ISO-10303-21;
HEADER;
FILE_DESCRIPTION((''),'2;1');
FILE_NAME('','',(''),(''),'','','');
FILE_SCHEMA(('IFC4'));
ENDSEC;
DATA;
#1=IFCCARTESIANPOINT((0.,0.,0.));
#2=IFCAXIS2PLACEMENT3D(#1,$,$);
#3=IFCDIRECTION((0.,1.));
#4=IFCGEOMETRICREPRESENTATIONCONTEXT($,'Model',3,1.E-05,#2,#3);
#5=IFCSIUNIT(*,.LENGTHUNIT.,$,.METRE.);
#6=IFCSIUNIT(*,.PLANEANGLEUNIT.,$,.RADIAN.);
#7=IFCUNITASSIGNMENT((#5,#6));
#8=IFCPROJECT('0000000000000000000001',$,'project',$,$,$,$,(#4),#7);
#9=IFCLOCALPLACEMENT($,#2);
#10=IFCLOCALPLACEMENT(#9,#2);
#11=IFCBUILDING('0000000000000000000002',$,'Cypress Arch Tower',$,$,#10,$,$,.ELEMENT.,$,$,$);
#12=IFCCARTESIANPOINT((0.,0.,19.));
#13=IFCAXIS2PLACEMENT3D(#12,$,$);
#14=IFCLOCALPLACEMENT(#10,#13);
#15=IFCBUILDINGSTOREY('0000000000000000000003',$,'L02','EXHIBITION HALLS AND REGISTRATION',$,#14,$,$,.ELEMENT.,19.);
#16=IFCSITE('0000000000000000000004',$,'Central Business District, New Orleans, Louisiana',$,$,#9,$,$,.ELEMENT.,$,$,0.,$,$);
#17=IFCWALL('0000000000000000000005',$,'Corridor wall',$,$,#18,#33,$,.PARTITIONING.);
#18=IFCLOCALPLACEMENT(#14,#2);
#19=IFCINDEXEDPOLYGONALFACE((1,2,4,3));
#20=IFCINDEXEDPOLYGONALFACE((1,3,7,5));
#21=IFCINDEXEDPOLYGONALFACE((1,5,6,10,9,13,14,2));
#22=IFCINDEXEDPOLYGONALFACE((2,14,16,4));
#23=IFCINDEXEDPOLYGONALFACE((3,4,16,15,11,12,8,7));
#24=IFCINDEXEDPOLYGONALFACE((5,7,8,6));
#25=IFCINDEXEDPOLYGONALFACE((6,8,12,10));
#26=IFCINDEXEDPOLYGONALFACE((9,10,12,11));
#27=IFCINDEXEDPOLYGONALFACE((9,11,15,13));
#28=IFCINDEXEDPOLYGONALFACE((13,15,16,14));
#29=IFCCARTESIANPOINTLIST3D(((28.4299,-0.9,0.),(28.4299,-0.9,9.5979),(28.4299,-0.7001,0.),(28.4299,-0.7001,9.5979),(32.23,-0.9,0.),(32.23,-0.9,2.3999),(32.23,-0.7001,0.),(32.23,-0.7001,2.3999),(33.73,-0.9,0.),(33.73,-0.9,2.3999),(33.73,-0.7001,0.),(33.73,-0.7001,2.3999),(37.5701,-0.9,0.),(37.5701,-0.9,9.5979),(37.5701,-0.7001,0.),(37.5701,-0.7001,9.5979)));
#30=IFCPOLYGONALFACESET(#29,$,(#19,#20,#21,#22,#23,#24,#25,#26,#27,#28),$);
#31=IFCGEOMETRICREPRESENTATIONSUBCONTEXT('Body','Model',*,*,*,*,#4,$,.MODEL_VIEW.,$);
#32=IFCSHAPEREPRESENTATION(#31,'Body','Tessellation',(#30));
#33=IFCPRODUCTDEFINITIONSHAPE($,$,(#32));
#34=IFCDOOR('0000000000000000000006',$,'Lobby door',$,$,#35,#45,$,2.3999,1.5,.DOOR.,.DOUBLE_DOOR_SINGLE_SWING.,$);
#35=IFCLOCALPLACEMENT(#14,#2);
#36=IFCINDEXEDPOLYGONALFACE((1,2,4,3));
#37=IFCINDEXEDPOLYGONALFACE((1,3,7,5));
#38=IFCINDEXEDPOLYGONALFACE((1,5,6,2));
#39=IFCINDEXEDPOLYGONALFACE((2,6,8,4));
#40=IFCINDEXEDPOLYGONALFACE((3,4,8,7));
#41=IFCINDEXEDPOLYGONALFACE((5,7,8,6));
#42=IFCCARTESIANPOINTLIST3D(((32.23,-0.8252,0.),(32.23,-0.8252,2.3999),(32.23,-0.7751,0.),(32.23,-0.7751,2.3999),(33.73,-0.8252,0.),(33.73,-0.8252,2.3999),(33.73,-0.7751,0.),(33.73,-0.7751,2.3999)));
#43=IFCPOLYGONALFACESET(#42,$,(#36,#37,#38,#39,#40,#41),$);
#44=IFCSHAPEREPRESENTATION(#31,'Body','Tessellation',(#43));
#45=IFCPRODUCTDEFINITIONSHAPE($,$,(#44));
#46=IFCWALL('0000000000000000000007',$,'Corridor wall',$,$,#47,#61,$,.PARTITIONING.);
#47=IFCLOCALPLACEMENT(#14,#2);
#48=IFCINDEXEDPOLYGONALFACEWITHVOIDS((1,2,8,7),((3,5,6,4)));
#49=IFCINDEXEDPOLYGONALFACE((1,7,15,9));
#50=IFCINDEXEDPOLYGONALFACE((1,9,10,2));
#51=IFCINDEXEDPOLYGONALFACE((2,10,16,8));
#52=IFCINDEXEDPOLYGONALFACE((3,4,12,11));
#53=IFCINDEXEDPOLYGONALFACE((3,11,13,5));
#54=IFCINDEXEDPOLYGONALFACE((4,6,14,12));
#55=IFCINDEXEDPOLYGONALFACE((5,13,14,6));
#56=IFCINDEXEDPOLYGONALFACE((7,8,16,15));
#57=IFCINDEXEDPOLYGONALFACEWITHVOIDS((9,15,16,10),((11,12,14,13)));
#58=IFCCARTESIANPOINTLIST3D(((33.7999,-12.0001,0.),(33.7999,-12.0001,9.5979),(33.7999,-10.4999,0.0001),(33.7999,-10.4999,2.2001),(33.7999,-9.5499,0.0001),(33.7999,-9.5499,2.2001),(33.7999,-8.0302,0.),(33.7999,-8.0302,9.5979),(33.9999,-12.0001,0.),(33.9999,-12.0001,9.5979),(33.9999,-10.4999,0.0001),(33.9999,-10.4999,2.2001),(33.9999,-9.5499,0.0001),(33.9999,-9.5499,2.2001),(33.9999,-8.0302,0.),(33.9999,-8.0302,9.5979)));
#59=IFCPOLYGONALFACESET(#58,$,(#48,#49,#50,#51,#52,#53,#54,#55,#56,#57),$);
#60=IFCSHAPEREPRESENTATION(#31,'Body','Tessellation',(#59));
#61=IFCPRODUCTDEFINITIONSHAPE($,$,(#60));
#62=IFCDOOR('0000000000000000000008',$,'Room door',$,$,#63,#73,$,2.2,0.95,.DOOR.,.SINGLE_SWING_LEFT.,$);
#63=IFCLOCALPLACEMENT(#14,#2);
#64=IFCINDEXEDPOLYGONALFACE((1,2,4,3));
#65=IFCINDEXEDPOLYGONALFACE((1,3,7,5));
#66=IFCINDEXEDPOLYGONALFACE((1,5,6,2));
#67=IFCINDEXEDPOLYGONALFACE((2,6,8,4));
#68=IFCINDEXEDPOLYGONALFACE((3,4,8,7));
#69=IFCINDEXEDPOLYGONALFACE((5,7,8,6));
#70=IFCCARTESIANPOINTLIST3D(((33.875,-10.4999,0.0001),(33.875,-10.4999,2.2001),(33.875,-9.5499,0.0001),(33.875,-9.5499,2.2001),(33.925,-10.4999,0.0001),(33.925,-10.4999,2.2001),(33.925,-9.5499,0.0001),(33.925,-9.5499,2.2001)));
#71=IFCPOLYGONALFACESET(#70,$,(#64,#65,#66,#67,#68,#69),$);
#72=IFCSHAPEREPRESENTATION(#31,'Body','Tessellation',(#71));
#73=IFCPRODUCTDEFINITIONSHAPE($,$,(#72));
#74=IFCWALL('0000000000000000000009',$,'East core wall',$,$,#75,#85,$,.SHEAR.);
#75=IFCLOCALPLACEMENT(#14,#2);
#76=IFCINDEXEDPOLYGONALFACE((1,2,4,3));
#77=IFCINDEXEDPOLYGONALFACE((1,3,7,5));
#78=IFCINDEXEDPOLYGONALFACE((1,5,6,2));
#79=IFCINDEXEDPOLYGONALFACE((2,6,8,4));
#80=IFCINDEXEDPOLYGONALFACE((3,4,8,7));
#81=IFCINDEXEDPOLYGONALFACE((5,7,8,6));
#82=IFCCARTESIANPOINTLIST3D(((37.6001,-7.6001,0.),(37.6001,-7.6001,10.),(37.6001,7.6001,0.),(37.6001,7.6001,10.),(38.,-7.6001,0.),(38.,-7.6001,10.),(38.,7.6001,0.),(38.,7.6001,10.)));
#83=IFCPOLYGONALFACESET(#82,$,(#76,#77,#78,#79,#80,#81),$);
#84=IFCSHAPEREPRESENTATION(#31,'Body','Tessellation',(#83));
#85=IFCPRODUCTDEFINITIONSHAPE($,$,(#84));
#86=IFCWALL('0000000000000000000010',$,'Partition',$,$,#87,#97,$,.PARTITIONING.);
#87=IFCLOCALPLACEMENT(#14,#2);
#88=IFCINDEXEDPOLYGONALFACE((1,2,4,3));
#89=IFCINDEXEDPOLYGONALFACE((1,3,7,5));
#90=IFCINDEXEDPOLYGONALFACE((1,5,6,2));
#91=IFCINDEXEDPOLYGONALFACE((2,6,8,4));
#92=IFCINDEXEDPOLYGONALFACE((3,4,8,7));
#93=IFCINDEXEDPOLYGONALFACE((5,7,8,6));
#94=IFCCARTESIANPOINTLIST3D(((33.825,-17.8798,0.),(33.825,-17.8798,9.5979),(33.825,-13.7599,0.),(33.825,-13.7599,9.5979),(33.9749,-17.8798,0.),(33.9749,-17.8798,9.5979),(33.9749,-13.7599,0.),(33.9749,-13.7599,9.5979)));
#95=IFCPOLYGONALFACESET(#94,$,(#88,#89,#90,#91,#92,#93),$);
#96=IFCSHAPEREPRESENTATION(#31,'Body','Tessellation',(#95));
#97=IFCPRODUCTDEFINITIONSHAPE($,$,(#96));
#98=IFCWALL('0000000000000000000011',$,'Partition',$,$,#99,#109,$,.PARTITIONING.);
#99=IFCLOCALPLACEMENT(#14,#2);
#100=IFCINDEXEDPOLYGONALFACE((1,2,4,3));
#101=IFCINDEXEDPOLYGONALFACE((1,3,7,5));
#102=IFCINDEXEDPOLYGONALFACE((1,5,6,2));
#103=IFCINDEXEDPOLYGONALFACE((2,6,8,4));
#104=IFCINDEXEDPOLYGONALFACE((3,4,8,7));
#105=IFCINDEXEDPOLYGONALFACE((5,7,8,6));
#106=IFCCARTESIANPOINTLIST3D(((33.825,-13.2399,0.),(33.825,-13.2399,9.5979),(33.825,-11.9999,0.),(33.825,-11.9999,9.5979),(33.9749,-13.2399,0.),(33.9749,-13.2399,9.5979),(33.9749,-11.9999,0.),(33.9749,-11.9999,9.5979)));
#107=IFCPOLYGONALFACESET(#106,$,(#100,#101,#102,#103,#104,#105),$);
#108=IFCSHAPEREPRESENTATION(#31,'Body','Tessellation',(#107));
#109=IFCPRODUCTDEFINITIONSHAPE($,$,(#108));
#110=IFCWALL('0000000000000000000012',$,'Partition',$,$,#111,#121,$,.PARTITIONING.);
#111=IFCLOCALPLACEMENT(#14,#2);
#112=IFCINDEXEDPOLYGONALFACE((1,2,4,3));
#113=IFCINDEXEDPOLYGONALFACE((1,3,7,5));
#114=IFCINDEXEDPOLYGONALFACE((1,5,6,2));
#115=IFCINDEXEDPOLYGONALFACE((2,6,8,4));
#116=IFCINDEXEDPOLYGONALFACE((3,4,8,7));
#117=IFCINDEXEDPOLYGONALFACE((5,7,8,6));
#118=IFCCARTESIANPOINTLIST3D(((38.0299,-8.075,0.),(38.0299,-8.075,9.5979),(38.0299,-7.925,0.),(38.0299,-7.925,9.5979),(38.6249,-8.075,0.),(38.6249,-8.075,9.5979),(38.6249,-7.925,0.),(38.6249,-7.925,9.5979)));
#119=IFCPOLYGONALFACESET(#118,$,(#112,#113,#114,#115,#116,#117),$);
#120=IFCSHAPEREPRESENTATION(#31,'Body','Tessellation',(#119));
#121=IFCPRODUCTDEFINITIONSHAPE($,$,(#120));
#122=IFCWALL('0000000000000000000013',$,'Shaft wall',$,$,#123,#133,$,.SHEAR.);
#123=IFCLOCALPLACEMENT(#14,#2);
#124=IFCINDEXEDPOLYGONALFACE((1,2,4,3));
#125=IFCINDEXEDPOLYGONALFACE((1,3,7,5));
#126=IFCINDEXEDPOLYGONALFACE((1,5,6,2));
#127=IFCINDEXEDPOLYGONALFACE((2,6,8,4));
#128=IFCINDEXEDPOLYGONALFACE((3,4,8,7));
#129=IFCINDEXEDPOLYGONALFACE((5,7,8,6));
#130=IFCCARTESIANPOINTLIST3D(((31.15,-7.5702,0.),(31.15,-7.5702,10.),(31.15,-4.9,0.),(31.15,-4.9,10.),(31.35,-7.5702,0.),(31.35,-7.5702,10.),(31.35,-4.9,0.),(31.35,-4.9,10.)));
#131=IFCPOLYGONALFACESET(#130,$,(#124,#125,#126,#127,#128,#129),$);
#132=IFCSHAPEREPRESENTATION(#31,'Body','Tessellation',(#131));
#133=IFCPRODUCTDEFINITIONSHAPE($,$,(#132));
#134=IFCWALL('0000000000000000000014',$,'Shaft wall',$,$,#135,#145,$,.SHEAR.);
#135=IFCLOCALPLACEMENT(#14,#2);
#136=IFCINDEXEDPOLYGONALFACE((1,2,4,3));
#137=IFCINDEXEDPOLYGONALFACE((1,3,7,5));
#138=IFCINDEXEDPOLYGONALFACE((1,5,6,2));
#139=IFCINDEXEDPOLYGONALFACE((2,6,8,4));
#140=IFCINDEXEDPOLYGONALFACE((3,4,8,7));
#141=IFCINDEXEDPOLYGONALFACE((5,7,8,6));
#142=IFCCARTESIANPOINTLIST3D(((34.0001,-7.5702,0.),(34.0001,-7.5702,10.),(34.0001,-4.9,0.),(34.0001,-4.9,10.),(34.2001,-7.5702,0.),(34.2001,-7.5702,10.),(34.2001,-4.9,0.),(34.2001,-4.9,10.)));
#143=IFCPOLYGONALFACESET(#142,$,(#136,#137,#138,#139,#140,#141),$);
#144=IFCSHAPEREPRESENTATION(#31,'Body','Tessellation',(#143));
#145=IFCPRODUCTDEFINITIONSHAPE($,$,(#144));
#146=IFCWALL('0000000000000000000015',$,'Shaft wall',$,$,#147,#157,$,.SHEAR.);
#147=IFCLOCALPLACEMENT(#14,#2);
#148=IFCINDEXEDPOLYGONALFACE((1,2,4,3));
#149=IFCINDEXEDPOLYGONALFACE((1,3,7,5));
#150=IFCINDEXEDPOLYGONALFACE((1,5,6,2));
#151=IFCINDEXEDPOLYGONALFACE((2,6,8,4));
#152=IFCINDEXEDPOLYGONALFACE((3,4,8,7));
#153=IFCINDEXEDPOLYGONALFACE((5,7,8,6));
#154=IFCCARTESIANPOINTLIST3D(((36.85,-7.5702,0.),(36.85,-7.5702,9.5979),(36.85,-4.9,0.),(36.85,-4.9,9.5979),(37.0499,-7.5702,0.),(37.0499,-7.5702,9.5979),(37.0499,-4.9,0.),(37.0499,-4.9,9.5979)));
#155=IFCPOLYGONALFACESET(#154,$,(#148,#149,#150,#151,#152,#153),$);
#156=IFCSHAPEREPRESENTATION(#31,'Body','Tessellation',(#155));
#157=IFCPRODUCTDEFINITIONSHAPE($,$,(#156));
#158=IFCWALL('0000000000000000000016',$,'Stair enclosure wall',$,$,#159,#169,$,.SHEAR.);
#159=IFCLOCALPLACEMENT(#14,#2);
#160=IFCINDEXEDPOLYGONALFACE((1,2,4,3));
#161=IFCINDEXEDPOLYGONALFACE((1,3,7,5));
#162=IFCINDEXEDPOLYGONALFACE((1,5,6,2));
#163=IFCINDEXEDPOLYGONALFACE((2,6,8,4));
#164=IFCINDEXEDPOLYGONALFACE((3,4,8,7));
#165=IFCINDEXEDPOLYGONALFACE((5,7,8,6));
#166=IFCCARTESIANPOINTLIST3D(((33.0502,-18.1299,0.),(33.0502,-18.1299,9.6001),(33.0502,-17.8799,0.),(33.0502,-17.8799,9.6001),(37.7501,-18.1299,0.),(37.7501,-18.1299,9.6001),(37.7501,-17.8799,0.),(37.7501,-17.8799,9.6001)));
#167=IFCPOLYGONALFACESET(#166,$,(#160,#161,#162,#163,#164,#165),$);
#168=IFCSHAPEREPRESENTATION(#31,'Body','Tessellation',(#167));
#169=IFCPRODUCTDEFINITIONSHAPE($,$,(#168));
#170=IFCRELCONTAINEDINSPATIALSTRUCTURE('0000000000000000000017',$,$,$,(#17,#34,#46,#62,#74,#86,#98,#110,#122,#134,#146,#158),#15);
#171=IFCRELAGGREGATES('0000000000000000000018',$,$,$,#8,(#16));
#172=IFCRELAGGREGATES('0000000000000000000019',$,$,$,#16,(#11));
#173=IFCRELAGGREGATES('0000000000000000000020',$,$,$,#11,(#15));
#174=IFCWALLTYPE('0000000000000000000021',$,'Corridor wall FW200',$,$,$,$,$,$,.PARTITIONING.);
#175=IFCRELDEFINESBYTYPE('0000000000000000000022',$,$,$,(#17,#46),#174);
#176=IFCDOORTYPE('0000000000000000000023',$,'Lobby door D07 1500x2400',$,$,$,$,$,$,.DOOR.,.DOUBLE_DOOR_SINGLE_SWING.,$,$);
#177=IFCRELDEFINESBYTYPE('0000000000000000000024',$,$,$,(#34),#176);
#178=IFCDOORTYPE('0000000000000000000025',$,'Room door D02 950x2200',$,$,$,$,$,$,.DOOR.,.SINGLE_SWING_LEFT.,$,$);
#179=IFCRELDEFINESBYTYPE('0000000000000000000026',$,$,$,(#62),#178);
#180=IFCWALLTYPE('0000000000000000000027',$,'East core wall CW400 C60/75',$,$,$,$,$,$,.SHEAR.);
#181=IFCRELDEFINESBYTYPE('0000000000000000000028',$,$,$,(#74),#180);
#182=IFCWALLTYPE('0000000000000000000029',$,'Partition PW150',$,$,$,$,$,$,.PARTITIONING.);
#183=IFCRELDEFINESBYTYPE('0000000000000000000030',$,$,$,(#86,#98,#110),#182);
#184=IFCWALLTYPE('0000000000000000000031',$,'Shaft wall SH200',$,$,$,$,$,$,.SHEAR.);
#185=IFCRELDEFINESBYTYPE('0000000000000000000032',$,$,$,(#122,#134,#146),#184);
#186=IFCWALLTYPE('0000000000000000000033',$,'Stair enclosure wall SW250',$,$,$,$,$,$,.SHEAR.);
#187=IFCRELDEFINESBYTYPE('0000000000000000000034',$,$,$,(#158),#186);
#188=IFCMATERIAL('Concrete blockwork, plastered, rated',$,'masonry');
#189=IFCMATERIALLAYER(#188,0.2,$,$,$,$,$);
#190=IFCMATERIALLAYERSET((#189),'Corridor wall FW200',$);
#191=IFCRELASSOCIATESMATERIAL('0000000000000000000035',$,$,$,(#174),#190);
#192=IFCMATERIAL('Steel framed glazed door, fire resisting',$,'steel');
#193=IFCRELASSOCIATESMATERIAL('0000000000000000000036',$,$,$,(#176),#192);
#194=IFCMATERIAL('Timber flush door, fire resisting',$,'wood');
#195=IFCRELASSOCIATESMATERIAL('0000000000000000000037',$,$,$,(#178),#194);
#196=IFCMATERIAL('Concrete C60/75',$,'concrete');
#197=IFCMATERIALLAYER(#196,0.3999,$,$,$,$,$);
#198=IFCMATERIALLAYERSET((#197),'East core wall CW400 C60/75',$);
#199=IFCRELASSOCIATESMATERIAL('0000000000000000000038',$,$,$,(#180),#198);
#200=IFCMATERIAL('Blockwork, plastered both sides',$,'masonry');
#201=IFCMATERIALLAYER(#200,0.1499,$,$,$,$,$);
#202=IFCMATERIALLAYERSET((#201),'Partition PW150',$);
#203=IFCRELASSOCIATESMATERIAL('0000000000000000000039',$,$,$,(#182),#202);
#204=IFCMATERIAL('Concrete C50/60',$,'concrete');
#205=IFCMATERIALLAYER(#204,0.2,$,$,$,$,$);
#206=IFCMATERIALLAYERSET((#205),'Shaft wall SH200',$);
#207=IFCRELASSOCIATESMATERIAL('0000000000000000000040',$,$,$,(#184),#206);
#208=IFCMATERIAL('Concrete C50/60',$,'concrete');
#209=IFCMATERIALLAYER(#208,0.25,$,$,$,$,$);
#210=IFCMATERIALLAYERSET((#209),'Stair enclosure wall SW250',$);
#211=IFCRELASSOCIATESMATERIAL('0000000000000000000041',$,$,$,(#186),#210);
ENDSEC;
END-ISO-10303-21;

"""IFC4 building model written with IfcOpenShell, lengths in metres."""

from ifc_helpers import new_model, si_unit, direction, frame, frame_2d, origin, place, context, subcontext, project, spatial, rectangle, extrude, material, layer, layer_set, type_object, element, fill, save


model = new_model("IFC4")

# Units and contexts
model_context = context("Model", 3, precision=1e-05, world=origin(), true_north=direction((0.0, 1.0)))
body_context = subcontext(model_context, "Body", "Model", "MODEL_VIEW")
ifc_project = project(units=[si_unit("LENGTHUNIT", "METRE"), si_unit("PLANEANGLEUNIT", "RADIAN")], contexts=[model_context])

# Site, building, storey
site_placement = place(None, origin())
site = spatial("IfcSite", under=ifc_project, at=site_placement, Name="Central Business District, New Orleans, Louisiana", CompositionType="ELEMENT", RefElevation=0.0)
building_placement = place(site_placement, origin())
building = spatial("IfcBuilding", under=site, at=building_placement, Name="Cypress Arch Tower", CompositionType="ELEMENT")
storey_placement = place(building_placement, frame((0.0, 0.0, 19.0)))
storey = spatial("IfcBuildingStorey", under=building, at=storey_placement, Name="L02", Description="EXHIBITION HALLS AND REGISTRATION", CompositionType="ELEMENT", Elevation=19.0)

# Walls, openings, doors
ifc_material_1 = material(Name="Concrete blockwork, plastered, rated", Category="masonry")
ifc_layer_1 = layer(ifc_material_1, 0.2)
ifc_layer_set_1 = layer_set([ifc_layer_1], Name="Corridor wall FW200")
wall_type_1 = type_object("IfcWallType", Name="Corridor wall FW200", PredefinedType="PARTITIONING", material=ifc_layer_set_1)
wall_1_placement = place(storey_placement, frame((28.4299, -0.8, 0.0), z_axis=(0.0, 0.0, 1.0), x_axis=(1.0, 0.0, 0.0)))
wall_1 = element("IfcWall", 1, at=wall_1_placement, inside=storey, type_object=wall_type_1, Name="Corridor wall", PredefinedType="PARTITIONING", context=body_context, shape_type="SweptSolid", body=[
    extrude(rectangle(XDim=9.1401, YDim=0.2, at=frame_2d((4.5701, 0.0))), origin(), (0.0, 0.0, 1.0), 9.5979),
])
opening_1_placement = place(wall_1_placement, frame((3.8, 0.0, 0.0)))
opening_1 = element("IfcOpeningElement", 2, at=opening_1_placement, cuts=wall_1, PredefinedType="OPENING", context=body_context, shape_type="SweptSolid", body=[
    extrude(rectangle(XDim=1.5, YDim=2.3999, at=frame_2d((0.75, 1.2))), frame((0.0, 0.1099, 0.0), z_axis=(0.0, -1.0, 0.0), x_axis=(1.0, 0.0, 0.0)), (0.0, 0.0, 1.0), 0.22),
])
ifc_material_2 = material(Name="Steel framed glazed door, fire resisting", Category="steel")
door_type_1 = type_object("IfcDoorType", Name="Lobby door D07 1500x2400", OperationType="DOUBLE_DOOR_SINGLE_SWING", PredefinedType="DOOR", material=ifc_material_2)
door_1_placement = place(opening_1_placement, origin())
door_1 = element("IfcDoor", 3, at=door_1_placement, inside=storey, type_object=door_type_1, Name="Lobby door", OperationType="DOUBLE_DOOR_SINGLE_SWING", OverallHeight=2.3999, OverallWidth=1.5, PredefinedType="DOOR", context=body_context, shape_type="SweptSolid", body=[
    extrude(rectangle(XDim=1.5, YDim=2.3999, at=frame_2d((0.75, 1.2))), frame((0.0, 0.0249, 0.0), z_axis=(0.0, -1.0, 0.0), x_axis=(1.0, 0.0, 0.0)), (0.0, 0.0, 1.0), 0.05),
])
fill(opening_1, door_1)
wall_2_placement = place(storey_placement, frame((33.8999, -12.0, 0.0), z_axis=(0.0, 0.0, 1.0), x_axis=(0.0, 1.0, 0.0)))
wall_2 = element("IfcWall", 4, at=wall_2_placement, inside=storey, type_object=wall_type_1, Name="Corridor wall", PredefinedType="PARTITIONING", context=body_context, shape_type="SweptSolid", body=[
    extrude(rectangle(XDim=3.97, YDim=0.2, at=frame_2d((1.9849, 0.0))), origin(), (0.0, 0.0, 1.0), 9.5979),
])
opening_2_placement = place(wall_2_placement, frame((1.5, 0.0, 0.0)))
opening_2 = element("IfcOpeningElement", 5, at=opening_2_placement, cuts=wall_2, PredefinedType="OPENING", context=body_context, shape_type="SweptSolid", body=[
    extrude(rectangle(XDim=0.95, YDim=2.2, at=frame_2d((0.4751, 1.1001))), frame((0.0, 0.1099, 0.0), z_axis=(0.0, -1.0, 0.0), x_axis=(1.0, 0.0, 0.0)), (0.0, 0.0, 1.0), 0.22),
])
ifc_material_3 = material(Name="Timber flush door, fire resisting", Category="wood")
door_type_2 = type_object("IfcDoorType", Name="Room door D02 950x2200", OperationType="SINGLE_SWING_LEFT", PredefinedType="DOOR", material=ifc_material_3)
door_2_placement = place(opening_2_placement, origin())
door_2 = element("IfcDoor", 6, at=door_2_placement, inside=storey, type_object=door_type_2, Name="Room door", OperationType="SINGLE_SWING_LEFT", OverallHeight=2.2, OverallWidth=0.95, PredefinedType="DOOR", context=body_context, shape_type="SweptSolid", body=[
    extrude(rectangle(XDim=0.95, YDim=2.2, at=frame_2d((0.4751, 1.1001))), frame((0.0, 0.0249, 0.0), z_axis=(0.0, -1.0, 0.0), x_axis=(1.0, 0.0, 0.0)), (0.0, 0.0, 1.0), 0.05),
])
fill(opening_2, door_2)

# Walls
ifc_material_4 = material(Name="Concrete C60/75", Category="concrete")
ifc_layer_2 = layer(ifc_material_4, 0.3999)
ifc_layer_set_2 = layer_set([ifc_layer_2], Name="East core wall CW400 C60/75")
wall_type_2 = type_object("IfcWallType", Name="East core wall CW400 C60/75", PredefinedType="SHEAR", material=ifc_layer_set_2)
wall_3_placement = place(storey_placement, frame((37.8, -7.6001, 0.0), z_axis=(0.0, 0.0, 1.0), x_axis=(0.0, 1.0, 0.0)))
element("IfcWall", 7, at=wall_3_placement, inside=storey, type_object=wall_type_2, Name="East core wall", PredefinedType="SHEAR", context=body_context, shape_type="SweptSolid", body=[
    extrude(rectangle(XDim=15.2002, YDim=0.3999, at=frame_2d((7.6001, 0.0))), origin(), (0.0, 0.0, 1.0), 10.0),
])
ifc_material_5 = material(Name="Blockwork, plastered both sides", Category="masonry")
ifc_layer_3 = layer(ifc_material_5, 0.1499)
ifc_layer_set_3 = layer_set([ifc_layer_3], Name="Partition PW150")
wall_type_3 = type_object("IfcWallType", Name="Partition PW150", PredefinedType="PARTITIONING", material=ifc_layer_set_3)
wall_4_placement = place(storey_placement, frame((33.8999, -17.8799, 0.0), z_axis=(0.0, 0.0, 1.0), x_axis=(0.0, 1.0, 0.0)))
element("IfcWall", 8, at=wall_4_placement, inside=storey, type_object=wall_type_3, Name="Partition", PredefinedType="PARTITIONING", context=body_context, shape_type="SweptSolid", body=[
    extrude(rectangle(XDim=4.1199, YDim=0.1499, at=frame_2d((2.0601, 0.0))), origin(), (0.0, 0.0, 1.0), 9.5979),
])
wall_5_placement = place(storey_placement, frame((33.8999, -13.24, 0.0), z_axis=(0.0, 0.0, 1.0), x_axis=(0.0, 1.0, 0.0)))
element("IfcWall", 9, at=wall_5_placement, inside=storey, type_object=wall_type_3, Name="Partition", PredefinedType="PARTITIONING", context=body_context, shape_type="SweptSolid", body=[
    extrude(rectangle(XDim=1.24, YDim=0.1499, at=frame_2d((0.6201, 0.0))), origin(), (0.0, 0.0, 1.0), 9.5979),
])
wall_6_placement = place(storey_placement, frame((38.03, -8.0, 0.0), z_axis=(0.0, 0.0, 1.0), x_axis=(1.0, 0.0, 0.0)))
element("IfcWall", 10, at=wall_6_placement, inside=storey, type_object=wall_type_3, Name="Partition", PredefinedType="PARTITIONING", context=body_context, shape_type="SweptSolid", body=[
    extrude(rectangle(XDim=0.595, YDim=0.1499, at=frame_2d((0.2974, 0.0))), origin(), (0.0, 0.0, 1.0), 9.5979),
])
ifc_material_6 = material(Name="Concrete C50/60", Category="concrete")
ifc_layer_4 = layer(ifc_material_6, 0.2)
ifc_layer_set_4 = layer_set([ifc_layer_4], Name="Shaft wall SH200")
wall_type_4 = type_object("IfcWallType", Name="Shaft wall SH200", PredefinedType="SHEAR", material=ifc_layer_set_4)
for number, where, z_axis, x_axis, name in (
    (11, (31.25, -7.5701, 0.0), (0.0, 0.0, 1.0), (0.0, 1.0, 0.0), "Shaft wall"),
    (12, (34.1001, -7.5701, 0.0), (0.0, 0.0, 1.0), (0.0, 1.0, 0.0), "Shaft wall"),
):
    element("IfcWall", number, at=place(storey_placement, frame(where, z_axis=z_axis, x_axis=x_axis)), inside=storey, type_object=wall_type_4, Name=name, PredefinedType="SHEAR", context=body_context, shape_type="SweptSolid", body=[
        extrude(rectangle(XDim=2.6702, YDim=0.2, at=frame_2d((1.335, 0.0))), origin(), (0.0, 0.0, 1.0), 10.0),
    ])
wall_7_placement = place(storey_placement, frame((36.95, -7.5701, 0.0), z_axis=(0.0, 0.0, 1.0), x_axis=(0.0, 1.0, 0.0)))
element("IfcWall", 13, at=wall_7_placement, inside=storey, type_object=wall_type_4, Name="Shaft wall", PredefinedType="SHEAR", context=body_context, shape_type="SweptSolid", body=[
    extrude(rectangle(XDim=2.6702, YDim=0.2, at=frame_2d((1.335, 0.0))), origin(), (0.0, 0.0, 1.0), 9.5979),
])
ifc_material_7 = material(Name="Concrete C50/60", Category="concrete")
ifc_layer_5 = layer(ifc_material_7, 0.25)
ifc_layer_set_5 = layer_set([ifc_layer_5], Name="Stair enclosure wall SW250")
wall_type_5 = type_object("IfcWallType", Name="Stair enclosure wall SW250", PredefinedType="SHEAR", material=ifc_layer_set_5)
wall_8_placement = place(storey_placement, frame((33.05, -18.0049, 0.0), z_axis=(0.0, 0.0, 1.0), x_axis=(1.0, 0.0, 0.0)))
element("IfcWall", 14, at=wall_8_placement, inside=storey, type_object=wall_type_5, Name="Stair enclosure wall", PredefinedType="SHEAR", context=body_context, shape_type="SweptSolid", body=[
    extrude(rectangle(XDim=4.7, YDim=0.25, at=frame_2d((2.3501, 0.0))), origin(), (0.0, 0.0, 1.0), 9.6001),
])

save(model, "model.ifc")
